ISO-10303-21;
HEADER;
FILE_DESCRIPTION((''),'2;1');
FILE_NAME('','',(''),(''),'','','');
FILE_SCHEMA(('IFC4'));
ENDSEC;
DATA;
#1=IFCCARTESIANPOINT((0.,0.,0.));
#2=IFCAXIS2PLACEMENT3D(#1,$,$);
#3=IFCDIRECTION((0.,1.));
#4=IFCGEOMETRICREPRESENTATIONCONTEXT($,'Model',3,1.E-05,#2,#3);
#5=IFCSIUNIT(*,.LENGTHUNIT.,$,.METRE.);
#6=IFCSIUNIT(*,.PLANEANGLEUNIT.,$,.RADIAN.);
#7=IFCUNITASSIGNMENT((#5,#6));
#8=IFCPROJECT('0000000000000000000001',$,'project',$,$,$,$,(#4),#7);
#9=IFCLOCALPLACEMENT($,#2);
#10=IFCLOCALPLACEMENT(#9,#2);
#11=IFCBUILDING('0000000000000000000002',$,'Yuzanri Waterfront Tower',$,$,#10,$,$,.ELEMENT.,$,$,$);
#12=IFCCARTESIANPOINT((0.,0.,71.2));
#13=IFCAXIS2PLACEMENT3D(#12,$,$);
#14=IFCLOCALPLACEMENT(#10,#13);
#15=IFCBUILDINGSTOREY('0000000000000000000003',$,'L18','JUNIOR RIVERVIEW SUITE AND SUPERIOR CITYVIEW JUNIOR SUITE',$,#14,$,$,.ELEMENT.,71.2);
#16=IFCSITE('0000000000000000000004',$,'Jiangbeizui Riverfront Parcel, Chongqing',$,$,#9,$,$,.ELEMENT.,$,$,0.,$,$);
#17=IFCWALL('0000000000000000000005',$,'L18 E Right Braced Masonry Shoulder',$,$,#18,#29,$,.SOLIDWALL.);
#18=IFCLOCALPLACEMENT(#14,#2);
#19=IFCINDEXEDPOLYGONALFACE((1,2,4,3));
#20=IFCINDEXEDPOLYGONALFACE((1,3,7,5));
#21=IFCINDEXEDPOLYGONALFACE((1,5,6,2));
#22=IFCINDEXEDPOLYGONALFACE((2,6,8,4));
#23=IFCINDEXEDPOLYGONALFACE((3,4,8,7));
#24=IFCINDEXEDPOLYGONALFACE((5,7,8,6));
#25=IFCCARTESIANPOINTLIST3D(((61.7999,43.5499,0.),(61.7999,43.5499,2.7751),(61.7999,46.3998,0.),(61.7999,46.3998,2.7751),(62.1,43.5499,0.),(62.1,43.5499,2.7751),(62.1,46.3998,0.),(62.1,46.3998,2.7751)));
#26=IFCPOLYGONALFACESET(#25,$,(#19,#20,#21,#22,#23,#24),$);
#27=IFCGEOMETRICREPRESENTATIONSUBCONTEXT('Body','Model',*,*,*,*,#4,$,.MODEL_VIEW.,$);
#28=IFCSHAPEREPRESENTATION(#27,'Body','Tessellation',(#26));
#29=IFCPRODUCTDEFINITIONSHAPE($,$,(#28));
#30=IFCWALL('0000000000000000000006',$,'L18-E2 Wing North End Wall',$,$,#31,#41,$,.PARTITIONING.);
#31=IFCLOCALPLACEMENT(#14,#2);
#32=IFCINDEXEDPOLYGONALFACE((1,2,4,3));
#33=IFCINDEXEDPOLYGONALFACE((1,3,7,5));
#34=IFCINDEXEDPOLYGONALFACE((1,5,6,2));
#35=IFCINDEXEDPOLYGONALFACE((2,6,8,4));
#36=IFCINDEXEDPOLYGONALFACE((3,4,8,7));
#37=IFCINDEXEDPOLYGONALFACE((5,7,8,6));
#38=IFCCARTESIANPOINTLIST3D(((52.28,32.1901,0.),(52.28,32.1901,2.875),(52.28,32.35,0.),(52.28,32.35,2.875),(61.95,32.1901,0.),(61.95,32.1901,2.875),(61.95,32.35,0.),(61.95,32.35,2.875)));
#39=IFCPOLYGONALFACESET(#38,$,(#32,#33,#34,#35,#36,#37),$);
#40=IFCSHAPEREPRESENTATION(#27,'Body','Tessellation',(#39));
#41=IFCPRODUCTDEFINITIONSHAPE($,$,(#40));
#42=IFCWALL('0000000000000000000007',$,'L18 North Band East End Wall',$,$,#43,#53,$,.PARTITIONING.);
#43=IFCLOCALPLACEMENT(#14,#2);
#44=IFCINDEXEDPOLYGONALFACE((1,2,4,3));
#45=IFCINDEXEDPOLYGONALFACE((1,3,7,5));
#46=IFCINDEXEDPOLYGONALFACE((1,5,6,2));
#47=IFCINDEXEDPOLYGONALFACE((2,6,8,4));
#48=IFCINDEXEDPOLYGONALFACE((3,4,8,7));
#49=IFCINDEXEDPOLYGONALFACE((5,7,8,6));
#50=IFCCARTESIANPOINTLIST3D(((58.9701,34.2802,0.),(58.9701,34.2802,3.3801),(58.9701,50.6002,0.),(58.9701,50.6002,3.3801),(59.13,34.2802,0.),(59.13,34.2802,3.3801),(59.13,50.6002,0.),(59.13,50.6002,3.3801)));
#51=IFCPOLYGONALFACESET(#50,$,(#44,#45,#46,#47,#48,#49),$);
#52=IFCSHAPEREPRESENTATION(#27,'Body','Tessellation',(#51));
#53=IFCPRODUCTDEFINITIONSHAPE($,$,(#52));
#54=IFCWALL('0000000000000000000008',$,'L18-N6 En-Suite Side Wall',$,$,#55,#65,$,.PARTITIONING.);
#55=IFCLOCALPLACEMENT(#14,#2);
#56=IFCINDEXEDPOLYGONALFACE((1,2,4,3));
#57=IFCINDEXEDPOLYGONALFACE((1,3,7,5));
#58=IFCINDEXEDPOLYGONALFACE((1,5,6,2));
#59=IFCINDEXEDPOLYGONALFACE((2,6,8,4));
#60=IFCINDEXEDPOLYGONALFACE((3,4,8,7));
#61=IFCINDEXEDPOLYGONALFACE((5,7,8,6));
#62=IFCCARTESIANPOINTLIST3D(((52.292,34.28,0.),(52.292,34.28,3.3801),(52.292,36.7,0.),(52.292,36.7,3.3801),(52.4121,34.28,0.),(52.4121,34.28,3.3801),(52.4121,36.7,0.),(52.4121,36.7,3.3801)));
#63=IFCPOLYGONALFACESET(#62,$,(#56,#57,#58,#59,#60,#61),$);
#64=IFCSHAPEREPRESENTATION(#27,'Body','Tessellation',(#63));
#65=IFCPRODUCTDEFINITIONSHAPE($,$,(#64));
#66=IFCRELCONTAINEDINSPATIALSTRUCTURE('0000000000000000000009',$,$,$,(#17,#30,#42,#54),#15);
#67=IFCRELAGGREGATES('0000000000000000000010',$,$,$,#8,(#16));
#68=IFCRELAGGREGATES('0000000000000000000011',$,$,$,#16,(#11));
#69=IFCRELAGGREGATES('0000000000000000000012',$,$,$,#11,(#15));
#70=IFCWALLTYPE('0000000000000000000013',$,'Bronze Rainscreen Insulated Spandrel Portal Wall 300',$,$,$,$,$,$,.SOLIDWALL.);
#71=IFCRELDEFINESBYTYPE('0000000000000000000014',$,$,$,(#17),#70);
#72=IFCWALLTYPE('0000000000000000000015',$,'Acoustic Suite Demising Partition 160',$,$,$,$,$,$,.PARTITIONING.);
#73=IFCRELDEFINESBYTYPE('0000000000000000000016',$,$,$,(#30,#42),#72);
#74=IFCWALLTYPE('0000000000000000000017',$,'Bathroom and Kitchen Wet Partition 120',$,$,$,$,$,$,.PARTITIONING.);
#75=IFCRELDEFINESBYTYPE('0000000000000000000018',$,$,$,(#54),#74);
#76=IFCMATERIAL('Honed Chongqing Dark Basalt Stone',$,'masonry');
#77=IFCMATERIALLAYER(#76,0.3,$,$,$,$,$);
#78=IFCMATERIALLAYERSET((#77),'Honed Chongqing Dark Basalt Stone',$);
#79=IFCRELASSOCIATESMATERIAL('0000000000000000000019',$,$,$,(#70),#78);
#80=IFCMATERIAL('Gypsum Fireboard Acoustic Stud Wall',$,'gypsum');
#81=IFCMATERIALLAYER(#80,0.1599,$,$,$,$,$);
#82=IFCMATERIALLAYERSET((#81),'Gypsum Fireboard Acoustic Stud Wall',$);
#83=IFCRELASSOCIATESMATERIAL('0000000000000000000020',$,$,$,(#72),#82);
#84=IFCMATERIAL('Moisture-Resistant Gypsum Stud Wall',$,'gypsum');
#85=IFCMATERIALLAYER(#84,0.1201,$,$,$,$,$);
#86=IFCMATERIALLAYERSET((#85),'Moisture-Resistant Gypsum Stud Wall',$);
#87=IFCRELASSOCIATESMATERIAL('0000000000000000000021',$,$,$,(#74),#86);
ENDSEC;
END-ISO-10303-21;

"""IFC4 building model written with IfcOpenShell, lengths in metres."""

from ifc_helpers import new_model, si_unit, direction, frame, frame_2d, origin, place, context, subcontext, project, spatial, rectangle, extrude, source, transform, mapped, material, layer, layer_set, type_object, element, save


model = new_model("IFC4")

# Units and contexts
model_context = context("Model", 3, precision=1e-05, world=origin(), true_north=direction((0.0, 1.0)))
body_context = subcontext(model_context, "Body", "Model", "MODEL_VIEW")
ifc_project = project(units=[si_unit("LENGTHUNIT", "METRE"), si_unit("PLANEANGLEUNIT", "RADIAN")], contexts=[model_context])

# Site, building, storey
site_placement = place(None, origin())
site = spatial("IfcSite", under=ifc_project, at=site_placement, Name="Jiangbeizui Riverfront Parcel, Chongqing", CompositionType="ELEMENT", RefElevation=0.0)
building_placement = place(site_placement, origin())
building = spatial("IfcBuilding", under=site, at=building_placement, Name="Yuzanri Waterfront Tower", CompositionType="ELEMENT")
storey_placement = place(building_placement, frame((0.0, 0.0, 71.2)))
storey = spatial("IfcBuildingStorey", under=building, at=storey_placement, Name="L18", Description="JUNIOR RIVERVIEW SUITE AND SUPERIOR CITYVIEW JUNIOR SUITE", CompositionType="ELEMENT", Elevation=71.2)

# Shared definitions
ifc_material_1 = material(Name="Honed Chongqing Dark Basalt Stone", Category="masonry")
ifc_layer_1 = layer(ifc_material_1, 0.3)
ifc_layer_set_1 = layer_set([ifc_layer_1], Name="Honed Chongqing Dark Basalt Stone")
wall_type_1 = type_object("IfcWallType", Name="Bronze Rainscreen Insulated Spandrel Portal Wall 300", PredefinedType="SOLIDWALL", material=ifc_layer_set_1)

# Walls
shared_shape_1 = source(origin(), body_context, "Body", "SweptSolid", [
    extrude(rectangle(XDim=2.8499, YDim=0.3, at=frame_2d((1.4248, 0.0))), origin(), (0.0, 0.0, 1.0), 2.7751),
])
wall_1_placement = place(storey_placement, frame((61.95, 43.55, 0.0), z_axis=(0.0, 0.0, 1.0), x_axis=(0.0, 1.0, 0.0)))
element("IfcWall", 1, at=wall_1_placement, inside=storey, type_object=wall_type_1, Name="L18 E Right Braced Masonry Shoulder", PredefinedType="SOLIDWALL", context=body_context, shape_type="MappedRepresentation", body=[
    mapped(shared_shape_1, transform((0.0, 0.0, 0.0), scale=1.0)),
])
ifc_material_2 = material(Name="Gypsum Fireboard Acoustic Stud Wall", Category="gypsum")
ifc_layer_2 = layer(ifc_material_2, 0.1599)
ifc_layer_set_2 = layer_set([ifc_layer_2], Name="Gypsum Fireboard Acoustic Stud Wall")
wall_type_2 = type_object("IfcWallType", Name="Acoustic Suite Demising Partition 160", PredefinedType="PARTITIONING", material=ifc_layer_set_2)
shared_shape_2 = source(origin(), body_context, "Body", "SweptSolid", [
    extrude(rectangle(XDim=9.6699, YDim=0.1599, at=frame_2d((4.835, 0.0))), origin(), (0.0, 0.0, 1.0), 2.875),
])
wall_2_placement = place(storey_placement, frame((52.28, 32.27, 0.0), z_axis=(0.0, 0.0, 1.0), x_axis=(1.0, 0.0, 0.0)))
element("IfcWall", 2, at=wall_2_placement, inside=storey, type_object=wall_type_2, Name="L18-E2 Wing North End Wall", PredefinedType="PARTITIONING", context=body_context, shape_type="MappedRepresentation", body=[
    mapped(shared_shape_2, transform((0.0, 0.0, 0.0), scale=1.0)),
])
shared_shape_3 = source(origin(), body_context, "Body", "SweptSolid", [
    extrude(rectangle(XDim=16.3201, YDim=0.1599, at=frame_2d((8.1602, 0.0))), origin(), (0.0, 0.0, 1.0), 3.3801),
])
wall_3_placement = place(storey_placement, frame((59.05, 34.28, 0.0), z_axis=(0.0, 0.0, 1.0), x_axis=(0.0, 1.0, 0.0)))
element("IfcWall", 3, at=wall_3_placement, inside=storey, type_object=wall_type_2, Name="L18 North Band East End Wall", PredefinedType="PARTITIONING", context=body_context, shape_type="MappedRepresentation", body=[
    mapped(shared_shape_3, transform((0.0, 0.0, 0.0), scale=1.0)),
])
ifc_material_3 = material(Name="Moisture-Resistant Gypsum Stud Wall", Category="gypsum")
ifc_layer_3 = layer(ifc_material_3, 0.1201)
ifc_layer_set_3 = layer_set([ifc_layer_3], Name="Moisture-Resistant Gypsum Stud Wall")
wall_type_3 = type_object("IfcWallType", Name="Bathroom and Kitchen Wet Partition 120", PredefinedType="PARTITIONING", material=ifc_layer_set_3)
shared_shape_4 = source(origin(), body_context, "Body", "SweptSolid", [
    extrude(rectangle(XDim=2.4199, YDim=0.1201, at=frame_2d((1.21, 0.0))), origin(), (0.0, 0.0, 1.0), 3.3801),
])
wall_4_placement = place(storey_placement, frame((52.3521, 34.28, 0.0), z_axis=(0.0, 0.0, 1.0), x_axis=(0.0, 1.0, 0.0)))
element("IfcWall", 4, at=wall_4_placement, inside=storey, type_object=wall_type_3, Name="L18-N6 En-Suite Side Wall", PredefinedType="PARTITIONING", context=body_context, shape_type="MappedRepresentation", body=[
    mapped(shared_shape_4, transform((0.0, 0.0, 0.0), scale=1.0)),
])

save(model, "model.ifc")
